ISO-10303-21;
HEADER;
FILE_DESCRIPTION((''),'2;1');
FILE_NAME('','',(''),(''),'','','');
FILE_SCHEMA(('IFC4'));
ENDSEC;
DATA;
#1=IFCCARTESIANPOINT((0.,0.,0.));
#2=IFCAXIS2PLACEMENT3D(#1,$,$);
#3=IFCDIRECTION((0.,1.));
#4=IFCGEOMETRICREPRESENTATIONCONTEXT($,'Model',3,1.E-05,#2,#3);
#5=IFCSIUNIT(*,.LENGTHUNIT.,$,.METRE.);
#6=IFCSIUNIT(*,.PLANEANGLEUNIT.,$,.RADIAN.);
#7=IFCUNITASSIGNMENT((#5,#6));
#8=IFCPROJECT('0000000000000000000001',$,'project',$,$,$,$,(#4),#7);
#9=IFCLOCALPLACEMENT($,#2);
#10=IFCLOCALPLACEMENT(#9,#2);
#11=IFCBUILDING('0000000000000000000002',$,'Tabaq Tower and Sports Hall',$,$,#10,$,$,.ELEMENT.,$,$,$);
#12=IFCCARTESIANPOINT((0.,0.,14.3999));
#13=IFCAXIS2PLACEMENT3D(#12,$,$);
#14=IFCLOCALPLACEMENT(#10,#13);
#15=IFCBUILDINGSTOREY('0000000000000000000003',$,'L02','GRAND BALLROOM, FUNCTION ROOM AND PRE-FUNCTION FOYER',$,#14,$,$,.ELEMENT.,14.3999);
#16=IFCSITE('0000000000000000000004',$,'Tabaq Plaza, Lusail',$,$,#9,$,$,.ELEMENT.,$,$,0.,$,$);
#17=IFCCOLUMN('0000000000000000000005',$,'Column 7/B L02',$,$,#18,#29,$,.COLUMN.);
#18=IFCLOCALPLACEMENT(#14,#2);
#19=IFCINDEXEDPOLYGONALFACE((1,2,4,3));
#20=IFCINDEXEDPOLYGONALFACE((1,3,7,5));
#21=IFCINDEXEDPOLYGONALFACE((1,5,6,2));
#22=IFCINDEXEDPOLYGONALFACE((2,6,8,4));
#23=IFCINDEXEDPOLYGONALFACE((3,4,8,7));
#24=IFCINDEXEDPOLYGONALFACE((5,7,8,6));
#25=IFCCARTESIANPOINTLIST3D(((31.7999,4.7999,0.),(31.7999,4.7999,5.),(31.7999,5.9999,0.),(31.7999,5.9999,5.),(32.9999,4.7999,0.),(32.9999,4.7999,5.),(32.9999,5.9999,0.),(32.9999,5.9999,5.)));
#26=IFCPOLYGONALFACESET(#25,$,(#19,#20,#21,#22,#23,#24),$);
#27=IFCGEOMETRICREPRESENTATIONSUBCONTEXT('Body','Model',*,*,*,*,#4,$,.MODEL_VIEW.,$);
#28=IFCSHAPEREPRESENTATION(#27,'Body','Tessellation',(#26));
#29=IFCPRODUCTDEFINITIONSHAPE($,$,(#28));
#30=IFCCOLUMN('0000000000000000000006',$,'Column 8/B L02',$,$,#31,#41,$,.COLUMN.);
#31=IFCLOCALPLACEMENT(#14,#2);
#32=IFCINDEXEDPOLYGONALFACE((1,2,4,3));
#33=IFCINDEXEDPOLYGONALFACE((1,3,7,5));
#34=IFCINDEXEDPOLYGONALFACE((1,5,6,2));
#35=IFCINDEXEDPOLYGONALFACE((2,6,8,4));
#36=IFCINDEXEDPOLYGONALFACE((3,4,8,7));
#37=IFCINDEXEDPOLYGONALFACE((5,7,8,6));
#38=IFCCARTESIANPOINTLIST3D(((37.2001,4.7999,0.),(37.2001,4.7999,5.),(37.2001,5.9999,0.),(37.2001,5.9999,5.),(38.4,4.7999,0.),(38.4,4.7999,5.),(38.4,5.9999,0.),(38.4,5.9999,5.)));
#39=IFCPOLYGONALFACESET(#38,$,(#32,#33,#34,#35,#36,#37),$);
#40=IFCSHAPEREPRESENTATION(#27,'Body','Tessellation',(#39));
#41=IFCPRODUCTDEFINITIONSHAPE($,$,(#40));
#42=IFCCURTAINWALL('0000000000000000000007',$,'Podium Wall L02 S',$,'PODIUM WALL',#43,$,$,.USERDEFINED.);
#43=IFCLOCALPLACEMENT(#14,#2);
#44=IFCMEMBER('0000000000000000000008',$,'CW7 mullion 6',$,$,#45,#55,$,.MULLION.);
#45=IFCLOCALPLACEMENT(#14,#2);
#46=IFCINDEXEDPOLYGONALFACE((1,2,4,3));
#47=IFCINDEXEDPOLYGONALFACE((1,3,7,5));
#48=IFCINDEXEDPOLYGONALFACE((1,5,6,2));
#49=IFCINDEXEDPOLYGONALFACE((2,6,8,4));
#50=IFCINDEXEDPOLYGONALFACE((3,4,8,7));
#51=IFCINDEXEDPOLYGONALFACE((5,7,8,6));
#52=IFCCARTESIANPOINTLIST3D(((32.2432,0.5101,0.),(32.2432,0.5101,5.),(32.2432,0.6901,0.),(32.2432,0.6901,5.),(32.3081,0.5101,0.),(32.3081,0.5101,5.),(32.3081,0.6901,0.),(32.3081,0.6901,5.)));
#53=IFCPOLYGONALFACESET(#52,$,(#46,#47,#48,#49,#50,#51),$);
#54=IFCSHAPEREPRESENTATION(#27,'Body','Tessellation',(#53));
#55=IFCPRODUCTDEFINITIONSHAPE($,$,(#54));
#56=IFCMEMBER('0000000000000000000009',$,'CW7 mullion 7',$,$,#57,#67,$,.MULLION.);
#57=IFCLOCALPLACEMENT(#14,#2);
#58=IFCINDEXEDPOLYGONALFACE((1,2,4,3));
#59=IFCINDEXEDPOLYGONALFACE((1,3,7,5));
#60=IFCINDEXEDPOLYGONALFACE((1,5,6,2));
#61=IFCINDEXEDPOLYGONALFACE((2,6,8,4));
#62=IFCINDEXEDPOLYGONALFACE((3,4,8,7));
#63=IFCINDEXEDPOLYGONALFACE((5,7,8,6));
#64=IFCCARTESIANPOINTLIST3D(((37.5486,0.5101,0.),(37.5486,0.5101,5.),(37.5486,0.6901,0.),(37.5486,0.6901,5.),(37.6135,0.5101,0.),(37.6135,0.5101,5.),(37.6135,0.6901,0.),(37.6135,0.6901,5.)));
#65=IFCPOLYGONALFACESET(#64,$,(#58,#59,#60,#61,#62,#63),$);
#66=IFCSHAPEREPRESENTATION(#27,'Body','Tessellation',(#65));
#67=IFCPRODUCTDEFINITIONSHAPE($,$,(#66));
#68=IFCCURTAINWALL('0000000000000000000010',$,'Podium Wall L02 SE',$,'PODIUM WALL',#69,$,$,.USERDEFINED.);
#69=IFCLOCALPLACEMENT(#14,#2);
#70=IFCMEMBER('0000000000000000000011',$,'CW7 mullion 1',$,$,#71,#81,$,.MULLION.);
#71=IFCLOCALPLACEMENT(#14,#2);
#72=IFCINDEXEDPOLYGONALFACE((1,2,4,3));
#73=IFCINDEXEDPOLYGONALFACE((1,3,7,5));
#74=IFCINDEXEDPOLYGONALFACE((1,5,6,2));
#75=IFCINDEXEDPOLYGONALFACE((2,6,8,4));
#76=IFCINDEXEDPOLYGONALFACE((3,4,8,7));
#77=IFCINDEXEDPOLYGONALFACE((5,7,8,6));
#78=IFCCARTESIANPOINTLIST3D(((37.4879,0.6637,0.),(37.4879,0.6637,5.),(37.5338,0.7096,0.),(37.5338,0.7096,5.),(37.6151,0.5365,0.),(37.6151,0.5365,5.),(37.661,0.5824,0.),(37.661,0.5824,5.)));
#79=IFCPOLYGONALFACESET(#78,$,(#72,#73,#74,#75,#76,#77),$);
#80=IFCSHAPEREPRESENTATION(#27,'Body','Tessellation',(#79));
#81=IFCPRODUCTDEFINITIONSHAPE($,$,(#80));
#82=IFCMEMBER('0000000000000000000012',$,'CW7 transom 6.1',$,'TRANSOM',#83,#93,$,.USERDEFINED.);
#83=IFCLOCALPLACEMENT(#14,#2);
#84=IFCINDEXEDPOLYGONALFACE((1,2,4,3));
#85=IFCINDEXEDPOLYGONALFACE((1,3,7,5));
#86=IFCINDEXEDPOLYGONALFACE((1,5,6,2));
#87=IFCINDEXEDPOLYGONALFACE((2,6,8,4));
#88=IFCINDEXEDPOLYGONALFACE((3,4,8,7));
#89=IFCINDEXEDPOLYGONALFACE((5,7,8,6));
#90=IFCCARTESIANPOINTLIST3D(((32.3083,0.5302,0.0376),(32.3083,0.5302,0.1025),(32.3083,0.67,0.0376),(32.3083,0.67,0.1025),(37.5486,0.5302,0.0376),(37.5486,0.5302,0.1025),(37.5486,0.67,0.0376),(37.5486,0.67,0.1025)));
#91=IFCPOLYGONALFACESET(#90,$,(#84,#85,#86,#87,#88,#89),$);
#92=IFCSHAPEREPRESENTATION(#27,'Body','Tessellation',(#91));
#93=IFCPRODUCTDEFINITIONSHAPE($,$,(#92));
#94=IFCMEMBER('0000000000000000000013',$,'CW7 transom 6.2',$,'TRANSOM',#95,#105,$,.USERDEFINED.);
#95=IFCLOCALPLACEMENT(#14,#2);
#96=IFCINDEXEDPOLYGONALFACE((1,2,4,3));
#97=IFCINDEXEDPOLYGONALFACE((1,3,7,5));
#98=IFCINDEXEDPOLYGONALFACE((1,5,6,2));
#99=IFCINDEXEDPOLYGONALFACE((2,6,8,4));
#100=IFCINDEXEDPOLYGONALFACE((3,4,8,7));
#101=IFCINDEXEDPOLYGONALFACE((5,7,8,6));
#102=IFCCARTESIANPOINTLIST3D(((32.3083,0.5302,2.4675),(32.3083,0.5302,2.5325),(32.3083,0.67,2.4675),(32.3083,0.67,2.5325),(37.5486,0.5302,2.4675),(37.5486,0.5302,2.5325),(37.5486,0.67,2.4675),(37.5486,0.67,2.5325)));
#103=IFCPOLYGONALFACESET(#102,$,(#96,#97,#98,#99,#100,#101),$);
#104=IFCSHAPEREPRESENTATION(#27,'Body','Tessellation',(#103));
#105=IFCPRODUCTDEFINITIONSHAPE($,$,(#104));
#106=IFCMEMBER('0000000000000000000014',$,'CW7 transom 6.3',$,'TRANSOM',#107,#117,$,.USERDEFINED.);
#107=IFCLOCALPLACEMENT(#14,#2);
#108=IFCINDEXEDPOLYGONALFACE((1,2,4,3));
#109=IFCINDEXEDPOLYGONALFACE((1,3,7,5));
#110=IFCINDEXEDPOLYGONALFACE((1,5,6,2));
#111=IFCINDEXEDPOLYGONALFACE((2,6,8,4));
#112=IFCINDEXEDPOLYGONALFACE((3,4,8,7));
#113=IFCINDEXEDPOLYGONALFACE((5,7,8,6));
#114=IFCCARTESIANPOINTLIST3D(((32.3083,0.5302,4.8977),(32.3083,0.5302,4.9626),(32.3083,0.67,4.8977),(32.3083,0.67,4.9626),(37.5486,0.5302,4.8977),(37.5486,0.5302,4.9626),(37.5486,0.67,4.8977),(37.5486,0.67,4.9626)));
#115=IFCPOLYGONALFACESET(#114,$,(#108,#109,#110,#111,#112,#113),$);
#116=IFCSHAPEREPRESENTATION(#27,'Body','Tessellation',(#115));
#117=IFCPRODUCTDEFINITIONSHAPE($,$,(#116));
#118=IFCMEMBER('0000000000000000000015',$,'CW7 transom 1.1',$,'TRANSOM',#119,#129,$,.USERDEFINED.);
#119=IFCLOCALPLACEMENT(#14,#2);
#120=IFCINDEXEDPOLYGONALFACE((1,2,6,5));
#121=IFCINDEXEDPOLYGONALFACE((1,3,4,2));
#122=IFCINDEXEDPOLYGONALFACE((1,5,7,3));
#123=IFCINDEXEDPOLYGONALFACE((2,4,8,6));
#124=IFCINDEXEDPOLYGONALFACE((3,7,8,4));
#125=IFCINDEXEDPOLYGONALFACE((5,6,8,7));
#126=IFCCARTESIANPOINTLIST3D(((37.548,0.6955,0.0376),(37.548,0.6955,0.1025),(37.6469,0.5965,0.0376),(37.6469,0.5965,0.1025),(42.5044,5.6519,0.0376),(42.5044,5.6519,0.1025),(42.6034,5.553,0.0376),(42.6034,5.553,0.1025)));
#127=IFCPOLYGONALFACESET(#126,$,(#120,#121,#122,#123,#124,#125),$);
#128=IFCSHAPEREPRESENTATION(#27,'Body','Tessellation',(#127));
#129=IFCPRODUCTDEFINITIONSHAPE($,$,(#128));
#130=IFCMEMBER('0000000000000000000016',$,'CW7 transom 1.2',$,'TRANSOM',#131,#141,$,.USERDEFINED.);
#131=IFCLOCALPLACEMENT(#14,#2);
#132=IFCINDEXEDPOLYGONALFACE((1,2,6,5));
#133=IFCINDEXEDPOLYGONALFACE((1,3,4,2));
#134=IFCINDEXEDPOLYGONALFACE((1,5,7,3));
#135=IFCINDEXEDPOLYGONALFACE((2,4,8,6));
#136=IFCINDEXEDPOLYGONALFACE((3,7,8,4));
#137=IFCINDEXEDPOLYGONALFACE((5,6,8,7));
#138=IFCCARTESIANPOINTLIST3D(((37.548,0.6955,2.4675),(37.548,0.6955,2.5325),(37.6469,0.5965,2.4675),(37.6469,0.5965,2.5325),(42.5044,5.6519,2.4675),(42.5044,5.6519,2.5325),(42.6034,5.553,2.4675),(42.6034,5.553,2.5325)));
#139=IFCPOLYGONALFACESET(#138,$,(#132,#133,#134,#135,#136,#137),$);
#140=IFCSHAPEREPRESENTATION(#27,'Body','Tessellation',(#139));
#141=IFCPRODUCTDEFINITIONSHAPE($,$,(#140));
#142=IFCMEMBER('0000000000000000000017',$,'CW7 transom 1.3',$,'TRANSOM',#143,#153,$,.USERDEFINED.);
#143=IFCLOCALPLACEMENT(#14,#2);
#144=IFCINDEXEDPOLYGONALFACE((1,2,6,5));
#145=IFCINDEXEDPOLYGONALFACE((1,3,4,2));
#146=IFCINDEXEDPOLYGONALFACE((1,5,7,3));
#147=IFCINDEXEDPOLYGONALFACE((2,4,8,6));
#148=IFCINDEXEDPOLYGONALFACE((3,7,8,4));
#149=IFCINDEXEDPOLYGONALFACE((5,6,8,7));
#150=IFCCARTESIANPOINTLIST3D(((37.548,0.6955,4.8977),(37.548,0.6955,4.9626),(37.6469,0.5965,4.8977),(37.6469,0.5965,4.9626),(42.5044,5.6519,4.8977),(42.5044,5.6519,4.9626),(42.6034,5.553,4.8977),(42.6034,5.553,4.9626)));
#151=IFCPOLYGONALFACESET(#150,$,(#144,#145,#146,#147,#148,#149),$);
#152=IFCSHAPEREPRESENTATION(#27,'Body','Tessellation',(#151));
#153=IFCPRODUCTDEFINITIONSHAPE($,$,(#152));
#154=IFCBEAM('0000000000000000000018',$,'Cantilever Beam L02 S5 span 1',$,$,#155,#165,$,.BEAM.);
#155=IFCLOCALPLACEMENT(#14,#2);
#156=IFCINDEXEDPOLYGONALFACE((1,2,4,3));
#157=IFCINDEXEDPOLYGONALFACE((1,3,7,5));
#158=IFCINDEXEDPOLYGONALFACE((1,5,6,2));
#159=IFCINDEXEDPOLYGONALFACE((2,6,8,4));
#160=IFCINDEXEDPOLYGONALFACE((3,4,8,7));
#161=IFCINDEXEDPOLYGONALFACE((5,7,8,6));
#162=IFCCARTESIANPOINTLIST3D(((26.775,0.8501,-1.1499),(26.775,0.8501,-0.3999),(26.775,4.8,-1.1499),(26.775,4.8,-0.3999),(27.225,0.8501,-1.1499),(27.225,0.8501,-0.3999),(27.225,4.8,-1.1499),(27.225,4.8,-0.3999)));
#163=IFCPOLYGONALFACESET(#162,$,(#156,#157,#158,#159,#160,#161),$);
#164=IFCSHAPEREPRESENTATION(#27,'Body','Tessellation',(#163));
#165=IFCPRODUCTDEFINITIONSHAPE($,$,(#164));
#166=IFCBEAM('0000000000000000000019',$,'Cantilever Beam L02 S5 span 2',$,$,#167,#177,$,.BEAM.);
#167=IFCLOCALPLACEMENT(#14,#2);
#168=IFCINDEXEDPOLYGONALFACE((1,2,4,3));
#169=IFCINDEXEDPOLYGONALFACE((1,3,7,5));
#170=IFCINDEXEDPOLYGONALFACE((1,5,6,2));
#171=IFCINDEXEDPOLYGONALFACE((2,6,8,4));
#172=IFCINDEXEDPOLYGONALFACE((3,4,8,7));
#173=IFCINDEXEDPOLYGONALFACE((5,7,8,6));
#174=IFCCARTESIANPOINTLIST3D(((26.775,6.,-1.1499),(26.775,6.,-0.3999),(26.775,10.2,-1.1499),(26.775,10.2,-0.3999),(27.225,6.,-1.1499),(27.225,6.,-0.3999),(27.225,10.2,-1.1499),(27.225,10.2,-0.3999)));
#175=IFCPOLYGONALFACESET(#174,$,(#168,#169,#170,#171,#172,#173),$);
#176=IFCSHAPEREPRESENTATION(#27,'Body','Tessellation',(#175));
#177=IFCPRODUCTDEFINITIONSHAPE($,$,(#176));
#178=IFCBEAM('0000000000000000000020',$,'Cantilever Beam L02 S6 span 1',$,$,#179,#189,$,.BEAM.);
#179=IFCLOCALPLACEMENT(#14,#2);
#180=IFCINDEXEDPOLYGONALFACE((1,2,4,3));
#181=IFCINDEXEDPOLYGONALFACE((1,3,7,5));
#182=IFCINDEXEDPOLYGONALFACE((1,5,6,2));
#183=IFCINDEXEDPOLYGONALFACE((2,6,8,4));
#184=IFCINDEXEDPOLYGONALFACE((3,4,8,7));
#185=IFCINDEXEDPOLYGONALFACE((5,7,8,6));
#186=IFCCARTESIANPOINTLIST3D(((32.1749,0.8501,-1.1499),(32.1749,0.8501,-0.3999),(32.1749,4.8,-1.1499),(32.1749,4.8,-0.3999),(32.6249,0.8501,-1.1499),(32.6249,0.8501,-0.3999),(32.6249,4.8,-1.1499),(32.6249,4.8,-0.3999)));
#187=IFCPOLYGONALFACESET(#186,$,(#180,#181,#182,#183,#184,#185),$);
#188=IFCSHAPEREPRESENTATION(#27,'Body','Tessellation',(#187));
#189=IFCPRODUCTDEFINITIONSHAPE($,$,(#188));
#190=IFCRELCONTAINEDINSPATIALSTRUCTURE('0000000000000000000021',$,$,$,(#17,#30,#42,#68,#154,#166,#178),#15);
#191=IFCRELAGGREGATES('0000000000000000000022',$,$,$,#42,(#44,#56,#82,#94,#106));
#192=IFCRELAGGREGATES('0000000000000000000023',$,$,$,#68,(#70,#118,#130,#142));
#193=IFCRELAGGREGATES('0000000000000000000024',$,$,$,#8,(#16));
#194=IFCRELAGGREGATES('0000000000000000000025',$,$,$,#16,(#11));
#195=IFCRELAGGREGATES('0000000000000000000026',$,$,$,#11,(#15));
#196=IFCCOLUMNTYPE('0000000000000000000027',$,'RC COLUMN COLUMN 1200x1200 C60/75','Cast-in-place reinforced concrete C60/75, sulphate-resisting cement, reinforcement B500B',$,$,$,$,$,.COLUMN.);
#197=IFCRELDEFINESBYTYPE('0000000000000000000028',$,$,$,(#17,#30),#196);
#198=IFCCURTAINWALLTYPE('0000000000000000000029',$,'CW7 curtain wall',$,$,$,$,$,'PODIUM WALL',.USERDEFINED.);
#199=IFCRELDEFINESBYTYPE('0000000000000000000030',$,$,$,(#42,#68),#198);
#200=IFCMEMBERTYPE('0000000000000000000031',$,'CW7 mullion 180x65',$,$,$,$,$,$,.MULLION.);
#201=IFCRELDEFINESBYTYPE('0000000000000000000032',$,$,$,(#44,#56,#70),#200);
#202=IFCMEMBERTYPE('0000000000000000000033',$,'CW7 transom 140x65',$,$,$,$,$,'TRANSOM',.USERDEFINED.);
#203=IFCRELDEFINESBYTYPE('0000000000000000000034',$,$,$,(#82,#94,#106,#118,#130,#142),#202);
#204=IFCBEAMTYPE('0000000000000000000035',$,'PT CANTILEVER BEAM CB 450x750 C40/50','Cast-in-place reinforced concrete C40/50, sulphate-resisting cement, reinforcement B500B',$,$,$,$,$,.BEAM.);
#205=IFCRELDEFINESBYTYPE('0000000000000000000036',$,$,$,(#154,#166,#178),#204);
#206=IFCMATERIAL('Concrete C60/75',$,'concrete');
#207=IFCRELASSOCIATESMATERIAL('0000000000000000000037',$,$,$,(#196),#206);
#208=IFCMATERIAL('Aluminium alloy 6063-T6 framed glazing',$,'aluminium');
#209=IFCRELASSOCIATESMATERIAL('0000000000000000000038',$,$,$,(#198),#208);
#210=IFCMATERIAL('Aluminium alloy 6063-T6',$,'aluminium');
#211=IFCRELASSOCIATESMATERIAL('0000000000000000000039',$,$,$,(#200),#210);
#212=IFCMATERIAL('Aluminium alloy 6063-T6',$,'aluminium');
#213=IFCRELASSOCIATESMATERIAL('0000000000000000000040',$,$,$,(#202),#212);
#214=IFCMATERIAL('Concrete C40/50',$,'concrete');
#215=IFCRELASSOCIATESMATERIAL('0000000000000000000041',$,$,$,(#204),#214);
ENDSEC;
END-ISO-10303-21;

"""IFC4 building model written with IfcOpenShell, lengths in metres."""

from ifc_helpers import new_model, si_unit, direction, frame, origin, origin_2d, place, context, subcontext, project, spatial, rectangle, extrude, material, material_profile, profile_set, type_object, element, aggregate, save


model = new_model("IFC4")

# Units and contexts
model_context = context("Model", 3, precision=1e-05, world=origin(), true_north=direction((0.0, 1.0)))
body_context = subcontext(model_context, "Body", "Model", "MODEL_VIEW")
ifc_project = project(units=[si_unit("LENGTHUNIT", "METRE"), si_unit("PLANEANGLEUNIT", "RADIAN")], contexts=[model_context])

# Site, building, storey
site_placement = place(None, origin())
site = spatial("IfcSite", under=ifc_project, at=site_placement, Name="Tabaq Plaza, Lusail", CompositionType="ELEMENT", RefElevation=0.0)
building_placement = place(site_placement, origin())
building = spatial("IfcBuilding", under=site, at=building_placement, Name="Tabaq Tower and Sports Hall", CompositionType="ELEMENT")
storey_placement = place(building_placement, frame((0.0, 0.0, 14.3999)))
storey = spatial("IfcBuildingStorey", under=building, at=storey_placement, Name="L02", Description="GRAND BALLROOM, FUNCTION ROOM AND PRE-FUNCTION FOYER", CompositionType="ELEMENT", Elevation=14.3999)

# Columns
ifc_material_1 = material(Name="Concrete C60/75", Category="concrete")
ifc_material_profile_1 = material_profile(ifc_material_1, rectangle(XDim=1.2, YDim=1.2, at=origin_2d()), Name="COLUMN 1200x1200")
ifc_profile_set_1 = profile_set([ifc_material_profile_1], Name="Concrete C60/75")
column_type = type_object("IfcColumnType", Name="RC COLUMN COLUMN 1200x1200 C60/75", Description="Cast-in-place reinforced concrete C60/75, sulphate-resisting cement, reinforcement B500B", PredefinedType="COLUMN", material=ifc_profile_set_1)
for number, where, z_axis, x_axis, name in (
    (1, (32.3999, 5.3999, 0.0), (0.0, 0.0, 1.0), (1.0, 0.0, 0.0), "Column 7/B L02"),
    (2, (37.8, 5.3999, 0.0), (0.0, 0.0, 1.0), (1.0, 0.0, 0.0), "Column 8/B L02"),
):
    element("IfcColumn", number, at=place(storey_placement, frame(where, z_axis=z_axis, x_axis=x_axis)), inside=storey, type_object=column_type, Name=name, PredefinedType="COLUMN", context=body_context, shape_type="SweptSolid", body=[
        extrude(rectangle(XDim=1.2, YDim=1.2, at=origin_2d()), origin(), (0.0, 0.0, 1.0), 5.0),
    ])

# Curtain wall, members
ifc_material_2 = material(Name="Aluminium alloy 6063-T6 framed glazing", Category="aluminium")
curtain_wall_type = type_object("IfcCurtainWallType", Name="CW7 curtain wall", ElementType="PODIUM WALL", PredefinedType="USERDEFINED", material=ifc_material_2)
curtain_wall_1_placement = place(storey_placement, origin())
curtain_wall_1 = element("IfcCurtainWall", 3, at=curtain_wall_1_placement, inside=storey, type_object=curtain_wall_type, Name="Podium Wall L02 S", ObjectType="PODIUM WALL", PredefinedType="USERDEFINED")
ifc_material_3 = material(Name="Aluminium alloy 6063-T6", Category="aluminium")
ifc_material_profile_2 = material_profile(ifc_material_3, rectangle(XDim=0.1799, YDim=0.0649, at=origin_2d()), Name="MULLION 180x65")
ifc_profile_set_2 = profile_set([ifc_material_profile_2], Name="Aluminium alloy 6063-T6")
member_type_1 = type_object("IfcMemberType", Name="CW7 mullion 180x65", PredefinedType="MULLION", material=ifc_profile_set_2)
member_1_placement = place(storey_placement, frame((32.2756, 0.6001, 0.0), z_axis=(0.0, 0.0, 1.0), x_axis=(0.0, 1.0, 0.0)))
member_1 = element("IfcMember", 4, at=member_1_placement, type_object=member_type_1, Name="CW7 mullion 6", PredefinedType="MULLION", context=body_context, shape_type="SweptSolid", body=[
    extrude(rectangle(XDim=0.1799, YDim=0.0649, at=origin_2d()), origin(), (0.0, 0.0, 1.0), 5.0),
])
member_2_placement = place(storey_placement, frame((37.5811, 0.6001, 0.0), z_axis=(0.0, 0.0, 1.0), x_axis=(0.0, 1.0, 0.0)))
member_2 = element("IfcMember", 5, at=member_2_placement, type_object=member_type_1, Name="CW7 mullion 7", PredefinedType="MULLION", context=body_context, shape_type="SweptSolid", body=[
    extrude(rectangle(XDim=0.1799, YDim=0.0649, at=origin_2d()), origin(), (0.0, 0.0, 1.0), 5.0),
])

# Curtain wall, member
curtain_wall_2_placement = place(storey_placement, origin())
curtain_wall_2 = element("IfcCurtainWall", 6, at=curtain_wall_2_placement, inside=storey, type_object=curtain_wall_type, Name="Podium Wall L02 SE", ObjectType="PODIUM WALL", PredefinedType="USERDEFINED")
member_3_placement = place(storey_placement, frame((37.5745, 0.623, 0.0), z_axis=(0.0, 0.0, 1.0), x_axis=(-0.707107, 0.707107, 0.0)))
member_3 = element("IfcMember", 7, at=member_3_placement, type_object=member_type_1, Name="CW7 mullion 1", PredefinedType="MULLION", context=body_context, shape_type="SweptSolid", body=[
    extrude(rectangle(XDim=0.1799, YDim=0.0649, at=origin_2d()), origin(), (0.0, 0.0, 1.0), 5.0),
])

# Members
ifc_material_4 = material(Name="Aluminium alloy 6063-T6", Category="aluminium")
ifc_material_profile_3 = material_profile(ifc_material_4, rectangle(XDim=0.1399, YDim=0.0649, at=origin_2d()), Name="TRANSOM 140x65")
ifc_profile_set_3 = profile_set([ifc_material_profile_3], Name="Aluminium alloy 6063-T6")
member_type_2 = type_object("IfcMemberType", Name="CW7 transom 140x65", ElementType="TRANSOM", PredefinedType="USERDEFINED", material=ifc_profile_set_3)
member_4_placement = place(storey_placement, frame((32.3083, 0.6001, 0.0701), z_axis=(1.0, 0.0, 0.0), x_axis=(0.0, 1.0, 0.0)))
member_4 = element("IfcMember", 8, at=member_4_placement, type_object=member_type_2, Name="CW7 transom 6.1", ObjectType="TRANSOM", PredefinedType="USERDEFINED", context=body_context, shape_type="SweptSolid", body=[
    extrude(rectangle(XDim=0.1399, YDim=0.0649, at=origin_2d()), origin(), (0.0, 0.0, 1.0), 5.2402),
])
member_5_placement = place(storey_placement, frame((32.3083, 0.6001, 2.5), z_axis=(1.0, 0.0, 0.0), x_axis=(0.0, 1.0, 0.0)))
member_5 = element("IfcMember", 9, at=member_5_placement, type_object=member_type_2, Name="CW7 transom 6.2", ObjectType="TRANSOM", PredefinedType="USERDEFINED", context=body_context, shape_type="SweptSolid", body=[
    extrude(rectangle(XDim=0.1399, YDim=0.0649, at=origin_2d()), origin(), (0.0, 0.0, 1.0), 5.2402),
])
member_6_placement = place(storey_placement, frame((32.3083, 0.6001, 4.9302), z_axis=(1.0, 0.0, 0.0), x_axis=(0.0, 1.0, 0.0)))
member_6 = element("IfcMember", 10, at=member_6_placement, type_object=member_type_2, Name="CW7 transom 6.3", ObjectType="TRANSOM", PredefinedType="USERDEFINED", context=body_context, shape_type="SweptSolid", body=[
    extrude(rectangle(XDim=0.1399, YDim=0.0649, at=origin_2d()), origin(), (0.0, 0.0, 1.0), 5.2402),
])
member_7_placement = place(storey_placement, frame((37.5974, 0.646, 0.0701), z_axis=(0.707107, 0.707107, 0.0), x_axis=(-0.707107, 0.707107, 0.0)))
member_7 = element("IfcMember", 11, at=member_7_placement, type_object=member_type_2, Name="CW7 transom 1.1", ObjectType="TRANSOM", PredefinedType="USERDEFINED", context=body_context, shape_type="SweptSolid", body=[
    extrude(rectangle(XDim=0.1399, YDim=0.0649, at=origin_2d()), origin(), (0.0, 0.0, 1.0), 7.0095),
])
member_8_placement = place(storey_placement, frame((37.5974, 0.646, 2.5), z_axis=(0.707107, 0.707107, 0.0), x_axis=(-0.707107, 0.707107, 0.0)))
member_8 = element("IfcMember", 12, at=member_8_placement, type_object=member_type_2, Name="CW7 transom 1.2", ObjectType="TRANSOM", PredefinedType="USERDEFINED", context=body_context, shape_type="SweptSolid", body=[
    extrude(rectangle(XDim=0.1399, YDim=0.0649, at=origin_2d()), origin(), (0.0, 0.0, 1.0), 7.0095),
])
member_9_placement = place(storey_placement, frame((37.5974, 0.646, 4.9302), z_axis=(0.707107, 0.707107, 0.0), x_axis=(-0.707107, 0.707107, 0.0)))
member_9 = element("IfcMember", 13, at=member_9_placement, type_object=member_type_2, Name="CW7 transom 1.3", ObjectType="TRANSOM", PredefinedType="USERDEFINED", context=body_context, shape_type="SweptSolid", body=[
    extrude(rectangle(XDim=0.1399, YDim=0.0649, at=origin_2d()), origin(), (0.0, 0.0, 1.0), 7.0095),
])

# Beams
ifc_material_5 = material(Name="Concrete C40/50", Category="concrete")
ifc_material_profile_4 = material_profile(ifc_material_5, rectangle(XDim=0.45, YDim=0.75, at=origin_2d()), Name="CB 450x750")
ifc_profile_set_4 = profile_set([ifc_material_profile_4], Name="Concrete C40/50")
beam_type_1 = type_object("IfcBeamType", Name="PT CANTILEVER BEAM CB 450x750 C40/50", Description="Cast-in-place reinforced concrete C40/50, sulphate-resisting cement, reinforcement B500B", PredefinedType="BEAM", material=ifc_profile_set_4)
beam_1_placement = place(storey_placement, frame((27.0, 0.8501, -0.7749), z_axis=(0.0, 1.0, 0.0), x_axis=(-1.0, 0.0, 0.0)))
element("IfcBeam", 14, at=beam_1_placement, inside=storey, type_object=beam_type_1, Name="Cantilever Beam L02 S5 span 1", PredefinedType="BEAM", context=body_context, shape_type="SweptSolid", body=[
    extrude(rectangle(XDim=0.45, YDim=0.75, at=origin_2d()), origin(), (0.0, 0.0, 1.0), 3.95),
])
beam_2_placement = place(storey_placement, frame((27.0, 6.0, -0.7749), z_axis=(0.0, 1.0, 0.0), x_axis=(-1.0, 0.0, 0.0)))
element("IfcBeam", 15, at=beam_2_placement, inside=storey, type_object=beam_type_1, Name="Cantilever Beam L02 S5 span 2", PredefinedType="BEAM", context=body_context, shape_type="SweptSolid", body=[
    extrude(rectangle(XDim=0.45, YDim=0.75, at=origin_2d()), origin(), (0.0, 0.0, 1.0), 4.2),
])
beam_3_placement = place(storey_placement, frame((32.3999, 0.8501, -0.7749), z_axis=(0.0, 1.0, 0.0), x_axis=(-1.0, 0.0, 0.0)))
element("IfcBeam", 16, at=beam_3_placement, inside=storey, type_object=beam_type_1, Name="Cantilever Beam L02 S6 span 1", PredefinedType="BEAM", context=body_context, shape_type="SweptSolid", body=[
    extrude(rectangle(XDim=0.45, YDim=0.75, at=origin_2d()), origin(), (0.0, 0.0, 1.0), 3.95),
])

aggregate(curtain_wall_1, [member_1, member_2, member_4, member_5, member_6])
aggregate(curtain_wall_2, [member_3, member_7, member_8, member_9])

save(model, "model.ifc")
